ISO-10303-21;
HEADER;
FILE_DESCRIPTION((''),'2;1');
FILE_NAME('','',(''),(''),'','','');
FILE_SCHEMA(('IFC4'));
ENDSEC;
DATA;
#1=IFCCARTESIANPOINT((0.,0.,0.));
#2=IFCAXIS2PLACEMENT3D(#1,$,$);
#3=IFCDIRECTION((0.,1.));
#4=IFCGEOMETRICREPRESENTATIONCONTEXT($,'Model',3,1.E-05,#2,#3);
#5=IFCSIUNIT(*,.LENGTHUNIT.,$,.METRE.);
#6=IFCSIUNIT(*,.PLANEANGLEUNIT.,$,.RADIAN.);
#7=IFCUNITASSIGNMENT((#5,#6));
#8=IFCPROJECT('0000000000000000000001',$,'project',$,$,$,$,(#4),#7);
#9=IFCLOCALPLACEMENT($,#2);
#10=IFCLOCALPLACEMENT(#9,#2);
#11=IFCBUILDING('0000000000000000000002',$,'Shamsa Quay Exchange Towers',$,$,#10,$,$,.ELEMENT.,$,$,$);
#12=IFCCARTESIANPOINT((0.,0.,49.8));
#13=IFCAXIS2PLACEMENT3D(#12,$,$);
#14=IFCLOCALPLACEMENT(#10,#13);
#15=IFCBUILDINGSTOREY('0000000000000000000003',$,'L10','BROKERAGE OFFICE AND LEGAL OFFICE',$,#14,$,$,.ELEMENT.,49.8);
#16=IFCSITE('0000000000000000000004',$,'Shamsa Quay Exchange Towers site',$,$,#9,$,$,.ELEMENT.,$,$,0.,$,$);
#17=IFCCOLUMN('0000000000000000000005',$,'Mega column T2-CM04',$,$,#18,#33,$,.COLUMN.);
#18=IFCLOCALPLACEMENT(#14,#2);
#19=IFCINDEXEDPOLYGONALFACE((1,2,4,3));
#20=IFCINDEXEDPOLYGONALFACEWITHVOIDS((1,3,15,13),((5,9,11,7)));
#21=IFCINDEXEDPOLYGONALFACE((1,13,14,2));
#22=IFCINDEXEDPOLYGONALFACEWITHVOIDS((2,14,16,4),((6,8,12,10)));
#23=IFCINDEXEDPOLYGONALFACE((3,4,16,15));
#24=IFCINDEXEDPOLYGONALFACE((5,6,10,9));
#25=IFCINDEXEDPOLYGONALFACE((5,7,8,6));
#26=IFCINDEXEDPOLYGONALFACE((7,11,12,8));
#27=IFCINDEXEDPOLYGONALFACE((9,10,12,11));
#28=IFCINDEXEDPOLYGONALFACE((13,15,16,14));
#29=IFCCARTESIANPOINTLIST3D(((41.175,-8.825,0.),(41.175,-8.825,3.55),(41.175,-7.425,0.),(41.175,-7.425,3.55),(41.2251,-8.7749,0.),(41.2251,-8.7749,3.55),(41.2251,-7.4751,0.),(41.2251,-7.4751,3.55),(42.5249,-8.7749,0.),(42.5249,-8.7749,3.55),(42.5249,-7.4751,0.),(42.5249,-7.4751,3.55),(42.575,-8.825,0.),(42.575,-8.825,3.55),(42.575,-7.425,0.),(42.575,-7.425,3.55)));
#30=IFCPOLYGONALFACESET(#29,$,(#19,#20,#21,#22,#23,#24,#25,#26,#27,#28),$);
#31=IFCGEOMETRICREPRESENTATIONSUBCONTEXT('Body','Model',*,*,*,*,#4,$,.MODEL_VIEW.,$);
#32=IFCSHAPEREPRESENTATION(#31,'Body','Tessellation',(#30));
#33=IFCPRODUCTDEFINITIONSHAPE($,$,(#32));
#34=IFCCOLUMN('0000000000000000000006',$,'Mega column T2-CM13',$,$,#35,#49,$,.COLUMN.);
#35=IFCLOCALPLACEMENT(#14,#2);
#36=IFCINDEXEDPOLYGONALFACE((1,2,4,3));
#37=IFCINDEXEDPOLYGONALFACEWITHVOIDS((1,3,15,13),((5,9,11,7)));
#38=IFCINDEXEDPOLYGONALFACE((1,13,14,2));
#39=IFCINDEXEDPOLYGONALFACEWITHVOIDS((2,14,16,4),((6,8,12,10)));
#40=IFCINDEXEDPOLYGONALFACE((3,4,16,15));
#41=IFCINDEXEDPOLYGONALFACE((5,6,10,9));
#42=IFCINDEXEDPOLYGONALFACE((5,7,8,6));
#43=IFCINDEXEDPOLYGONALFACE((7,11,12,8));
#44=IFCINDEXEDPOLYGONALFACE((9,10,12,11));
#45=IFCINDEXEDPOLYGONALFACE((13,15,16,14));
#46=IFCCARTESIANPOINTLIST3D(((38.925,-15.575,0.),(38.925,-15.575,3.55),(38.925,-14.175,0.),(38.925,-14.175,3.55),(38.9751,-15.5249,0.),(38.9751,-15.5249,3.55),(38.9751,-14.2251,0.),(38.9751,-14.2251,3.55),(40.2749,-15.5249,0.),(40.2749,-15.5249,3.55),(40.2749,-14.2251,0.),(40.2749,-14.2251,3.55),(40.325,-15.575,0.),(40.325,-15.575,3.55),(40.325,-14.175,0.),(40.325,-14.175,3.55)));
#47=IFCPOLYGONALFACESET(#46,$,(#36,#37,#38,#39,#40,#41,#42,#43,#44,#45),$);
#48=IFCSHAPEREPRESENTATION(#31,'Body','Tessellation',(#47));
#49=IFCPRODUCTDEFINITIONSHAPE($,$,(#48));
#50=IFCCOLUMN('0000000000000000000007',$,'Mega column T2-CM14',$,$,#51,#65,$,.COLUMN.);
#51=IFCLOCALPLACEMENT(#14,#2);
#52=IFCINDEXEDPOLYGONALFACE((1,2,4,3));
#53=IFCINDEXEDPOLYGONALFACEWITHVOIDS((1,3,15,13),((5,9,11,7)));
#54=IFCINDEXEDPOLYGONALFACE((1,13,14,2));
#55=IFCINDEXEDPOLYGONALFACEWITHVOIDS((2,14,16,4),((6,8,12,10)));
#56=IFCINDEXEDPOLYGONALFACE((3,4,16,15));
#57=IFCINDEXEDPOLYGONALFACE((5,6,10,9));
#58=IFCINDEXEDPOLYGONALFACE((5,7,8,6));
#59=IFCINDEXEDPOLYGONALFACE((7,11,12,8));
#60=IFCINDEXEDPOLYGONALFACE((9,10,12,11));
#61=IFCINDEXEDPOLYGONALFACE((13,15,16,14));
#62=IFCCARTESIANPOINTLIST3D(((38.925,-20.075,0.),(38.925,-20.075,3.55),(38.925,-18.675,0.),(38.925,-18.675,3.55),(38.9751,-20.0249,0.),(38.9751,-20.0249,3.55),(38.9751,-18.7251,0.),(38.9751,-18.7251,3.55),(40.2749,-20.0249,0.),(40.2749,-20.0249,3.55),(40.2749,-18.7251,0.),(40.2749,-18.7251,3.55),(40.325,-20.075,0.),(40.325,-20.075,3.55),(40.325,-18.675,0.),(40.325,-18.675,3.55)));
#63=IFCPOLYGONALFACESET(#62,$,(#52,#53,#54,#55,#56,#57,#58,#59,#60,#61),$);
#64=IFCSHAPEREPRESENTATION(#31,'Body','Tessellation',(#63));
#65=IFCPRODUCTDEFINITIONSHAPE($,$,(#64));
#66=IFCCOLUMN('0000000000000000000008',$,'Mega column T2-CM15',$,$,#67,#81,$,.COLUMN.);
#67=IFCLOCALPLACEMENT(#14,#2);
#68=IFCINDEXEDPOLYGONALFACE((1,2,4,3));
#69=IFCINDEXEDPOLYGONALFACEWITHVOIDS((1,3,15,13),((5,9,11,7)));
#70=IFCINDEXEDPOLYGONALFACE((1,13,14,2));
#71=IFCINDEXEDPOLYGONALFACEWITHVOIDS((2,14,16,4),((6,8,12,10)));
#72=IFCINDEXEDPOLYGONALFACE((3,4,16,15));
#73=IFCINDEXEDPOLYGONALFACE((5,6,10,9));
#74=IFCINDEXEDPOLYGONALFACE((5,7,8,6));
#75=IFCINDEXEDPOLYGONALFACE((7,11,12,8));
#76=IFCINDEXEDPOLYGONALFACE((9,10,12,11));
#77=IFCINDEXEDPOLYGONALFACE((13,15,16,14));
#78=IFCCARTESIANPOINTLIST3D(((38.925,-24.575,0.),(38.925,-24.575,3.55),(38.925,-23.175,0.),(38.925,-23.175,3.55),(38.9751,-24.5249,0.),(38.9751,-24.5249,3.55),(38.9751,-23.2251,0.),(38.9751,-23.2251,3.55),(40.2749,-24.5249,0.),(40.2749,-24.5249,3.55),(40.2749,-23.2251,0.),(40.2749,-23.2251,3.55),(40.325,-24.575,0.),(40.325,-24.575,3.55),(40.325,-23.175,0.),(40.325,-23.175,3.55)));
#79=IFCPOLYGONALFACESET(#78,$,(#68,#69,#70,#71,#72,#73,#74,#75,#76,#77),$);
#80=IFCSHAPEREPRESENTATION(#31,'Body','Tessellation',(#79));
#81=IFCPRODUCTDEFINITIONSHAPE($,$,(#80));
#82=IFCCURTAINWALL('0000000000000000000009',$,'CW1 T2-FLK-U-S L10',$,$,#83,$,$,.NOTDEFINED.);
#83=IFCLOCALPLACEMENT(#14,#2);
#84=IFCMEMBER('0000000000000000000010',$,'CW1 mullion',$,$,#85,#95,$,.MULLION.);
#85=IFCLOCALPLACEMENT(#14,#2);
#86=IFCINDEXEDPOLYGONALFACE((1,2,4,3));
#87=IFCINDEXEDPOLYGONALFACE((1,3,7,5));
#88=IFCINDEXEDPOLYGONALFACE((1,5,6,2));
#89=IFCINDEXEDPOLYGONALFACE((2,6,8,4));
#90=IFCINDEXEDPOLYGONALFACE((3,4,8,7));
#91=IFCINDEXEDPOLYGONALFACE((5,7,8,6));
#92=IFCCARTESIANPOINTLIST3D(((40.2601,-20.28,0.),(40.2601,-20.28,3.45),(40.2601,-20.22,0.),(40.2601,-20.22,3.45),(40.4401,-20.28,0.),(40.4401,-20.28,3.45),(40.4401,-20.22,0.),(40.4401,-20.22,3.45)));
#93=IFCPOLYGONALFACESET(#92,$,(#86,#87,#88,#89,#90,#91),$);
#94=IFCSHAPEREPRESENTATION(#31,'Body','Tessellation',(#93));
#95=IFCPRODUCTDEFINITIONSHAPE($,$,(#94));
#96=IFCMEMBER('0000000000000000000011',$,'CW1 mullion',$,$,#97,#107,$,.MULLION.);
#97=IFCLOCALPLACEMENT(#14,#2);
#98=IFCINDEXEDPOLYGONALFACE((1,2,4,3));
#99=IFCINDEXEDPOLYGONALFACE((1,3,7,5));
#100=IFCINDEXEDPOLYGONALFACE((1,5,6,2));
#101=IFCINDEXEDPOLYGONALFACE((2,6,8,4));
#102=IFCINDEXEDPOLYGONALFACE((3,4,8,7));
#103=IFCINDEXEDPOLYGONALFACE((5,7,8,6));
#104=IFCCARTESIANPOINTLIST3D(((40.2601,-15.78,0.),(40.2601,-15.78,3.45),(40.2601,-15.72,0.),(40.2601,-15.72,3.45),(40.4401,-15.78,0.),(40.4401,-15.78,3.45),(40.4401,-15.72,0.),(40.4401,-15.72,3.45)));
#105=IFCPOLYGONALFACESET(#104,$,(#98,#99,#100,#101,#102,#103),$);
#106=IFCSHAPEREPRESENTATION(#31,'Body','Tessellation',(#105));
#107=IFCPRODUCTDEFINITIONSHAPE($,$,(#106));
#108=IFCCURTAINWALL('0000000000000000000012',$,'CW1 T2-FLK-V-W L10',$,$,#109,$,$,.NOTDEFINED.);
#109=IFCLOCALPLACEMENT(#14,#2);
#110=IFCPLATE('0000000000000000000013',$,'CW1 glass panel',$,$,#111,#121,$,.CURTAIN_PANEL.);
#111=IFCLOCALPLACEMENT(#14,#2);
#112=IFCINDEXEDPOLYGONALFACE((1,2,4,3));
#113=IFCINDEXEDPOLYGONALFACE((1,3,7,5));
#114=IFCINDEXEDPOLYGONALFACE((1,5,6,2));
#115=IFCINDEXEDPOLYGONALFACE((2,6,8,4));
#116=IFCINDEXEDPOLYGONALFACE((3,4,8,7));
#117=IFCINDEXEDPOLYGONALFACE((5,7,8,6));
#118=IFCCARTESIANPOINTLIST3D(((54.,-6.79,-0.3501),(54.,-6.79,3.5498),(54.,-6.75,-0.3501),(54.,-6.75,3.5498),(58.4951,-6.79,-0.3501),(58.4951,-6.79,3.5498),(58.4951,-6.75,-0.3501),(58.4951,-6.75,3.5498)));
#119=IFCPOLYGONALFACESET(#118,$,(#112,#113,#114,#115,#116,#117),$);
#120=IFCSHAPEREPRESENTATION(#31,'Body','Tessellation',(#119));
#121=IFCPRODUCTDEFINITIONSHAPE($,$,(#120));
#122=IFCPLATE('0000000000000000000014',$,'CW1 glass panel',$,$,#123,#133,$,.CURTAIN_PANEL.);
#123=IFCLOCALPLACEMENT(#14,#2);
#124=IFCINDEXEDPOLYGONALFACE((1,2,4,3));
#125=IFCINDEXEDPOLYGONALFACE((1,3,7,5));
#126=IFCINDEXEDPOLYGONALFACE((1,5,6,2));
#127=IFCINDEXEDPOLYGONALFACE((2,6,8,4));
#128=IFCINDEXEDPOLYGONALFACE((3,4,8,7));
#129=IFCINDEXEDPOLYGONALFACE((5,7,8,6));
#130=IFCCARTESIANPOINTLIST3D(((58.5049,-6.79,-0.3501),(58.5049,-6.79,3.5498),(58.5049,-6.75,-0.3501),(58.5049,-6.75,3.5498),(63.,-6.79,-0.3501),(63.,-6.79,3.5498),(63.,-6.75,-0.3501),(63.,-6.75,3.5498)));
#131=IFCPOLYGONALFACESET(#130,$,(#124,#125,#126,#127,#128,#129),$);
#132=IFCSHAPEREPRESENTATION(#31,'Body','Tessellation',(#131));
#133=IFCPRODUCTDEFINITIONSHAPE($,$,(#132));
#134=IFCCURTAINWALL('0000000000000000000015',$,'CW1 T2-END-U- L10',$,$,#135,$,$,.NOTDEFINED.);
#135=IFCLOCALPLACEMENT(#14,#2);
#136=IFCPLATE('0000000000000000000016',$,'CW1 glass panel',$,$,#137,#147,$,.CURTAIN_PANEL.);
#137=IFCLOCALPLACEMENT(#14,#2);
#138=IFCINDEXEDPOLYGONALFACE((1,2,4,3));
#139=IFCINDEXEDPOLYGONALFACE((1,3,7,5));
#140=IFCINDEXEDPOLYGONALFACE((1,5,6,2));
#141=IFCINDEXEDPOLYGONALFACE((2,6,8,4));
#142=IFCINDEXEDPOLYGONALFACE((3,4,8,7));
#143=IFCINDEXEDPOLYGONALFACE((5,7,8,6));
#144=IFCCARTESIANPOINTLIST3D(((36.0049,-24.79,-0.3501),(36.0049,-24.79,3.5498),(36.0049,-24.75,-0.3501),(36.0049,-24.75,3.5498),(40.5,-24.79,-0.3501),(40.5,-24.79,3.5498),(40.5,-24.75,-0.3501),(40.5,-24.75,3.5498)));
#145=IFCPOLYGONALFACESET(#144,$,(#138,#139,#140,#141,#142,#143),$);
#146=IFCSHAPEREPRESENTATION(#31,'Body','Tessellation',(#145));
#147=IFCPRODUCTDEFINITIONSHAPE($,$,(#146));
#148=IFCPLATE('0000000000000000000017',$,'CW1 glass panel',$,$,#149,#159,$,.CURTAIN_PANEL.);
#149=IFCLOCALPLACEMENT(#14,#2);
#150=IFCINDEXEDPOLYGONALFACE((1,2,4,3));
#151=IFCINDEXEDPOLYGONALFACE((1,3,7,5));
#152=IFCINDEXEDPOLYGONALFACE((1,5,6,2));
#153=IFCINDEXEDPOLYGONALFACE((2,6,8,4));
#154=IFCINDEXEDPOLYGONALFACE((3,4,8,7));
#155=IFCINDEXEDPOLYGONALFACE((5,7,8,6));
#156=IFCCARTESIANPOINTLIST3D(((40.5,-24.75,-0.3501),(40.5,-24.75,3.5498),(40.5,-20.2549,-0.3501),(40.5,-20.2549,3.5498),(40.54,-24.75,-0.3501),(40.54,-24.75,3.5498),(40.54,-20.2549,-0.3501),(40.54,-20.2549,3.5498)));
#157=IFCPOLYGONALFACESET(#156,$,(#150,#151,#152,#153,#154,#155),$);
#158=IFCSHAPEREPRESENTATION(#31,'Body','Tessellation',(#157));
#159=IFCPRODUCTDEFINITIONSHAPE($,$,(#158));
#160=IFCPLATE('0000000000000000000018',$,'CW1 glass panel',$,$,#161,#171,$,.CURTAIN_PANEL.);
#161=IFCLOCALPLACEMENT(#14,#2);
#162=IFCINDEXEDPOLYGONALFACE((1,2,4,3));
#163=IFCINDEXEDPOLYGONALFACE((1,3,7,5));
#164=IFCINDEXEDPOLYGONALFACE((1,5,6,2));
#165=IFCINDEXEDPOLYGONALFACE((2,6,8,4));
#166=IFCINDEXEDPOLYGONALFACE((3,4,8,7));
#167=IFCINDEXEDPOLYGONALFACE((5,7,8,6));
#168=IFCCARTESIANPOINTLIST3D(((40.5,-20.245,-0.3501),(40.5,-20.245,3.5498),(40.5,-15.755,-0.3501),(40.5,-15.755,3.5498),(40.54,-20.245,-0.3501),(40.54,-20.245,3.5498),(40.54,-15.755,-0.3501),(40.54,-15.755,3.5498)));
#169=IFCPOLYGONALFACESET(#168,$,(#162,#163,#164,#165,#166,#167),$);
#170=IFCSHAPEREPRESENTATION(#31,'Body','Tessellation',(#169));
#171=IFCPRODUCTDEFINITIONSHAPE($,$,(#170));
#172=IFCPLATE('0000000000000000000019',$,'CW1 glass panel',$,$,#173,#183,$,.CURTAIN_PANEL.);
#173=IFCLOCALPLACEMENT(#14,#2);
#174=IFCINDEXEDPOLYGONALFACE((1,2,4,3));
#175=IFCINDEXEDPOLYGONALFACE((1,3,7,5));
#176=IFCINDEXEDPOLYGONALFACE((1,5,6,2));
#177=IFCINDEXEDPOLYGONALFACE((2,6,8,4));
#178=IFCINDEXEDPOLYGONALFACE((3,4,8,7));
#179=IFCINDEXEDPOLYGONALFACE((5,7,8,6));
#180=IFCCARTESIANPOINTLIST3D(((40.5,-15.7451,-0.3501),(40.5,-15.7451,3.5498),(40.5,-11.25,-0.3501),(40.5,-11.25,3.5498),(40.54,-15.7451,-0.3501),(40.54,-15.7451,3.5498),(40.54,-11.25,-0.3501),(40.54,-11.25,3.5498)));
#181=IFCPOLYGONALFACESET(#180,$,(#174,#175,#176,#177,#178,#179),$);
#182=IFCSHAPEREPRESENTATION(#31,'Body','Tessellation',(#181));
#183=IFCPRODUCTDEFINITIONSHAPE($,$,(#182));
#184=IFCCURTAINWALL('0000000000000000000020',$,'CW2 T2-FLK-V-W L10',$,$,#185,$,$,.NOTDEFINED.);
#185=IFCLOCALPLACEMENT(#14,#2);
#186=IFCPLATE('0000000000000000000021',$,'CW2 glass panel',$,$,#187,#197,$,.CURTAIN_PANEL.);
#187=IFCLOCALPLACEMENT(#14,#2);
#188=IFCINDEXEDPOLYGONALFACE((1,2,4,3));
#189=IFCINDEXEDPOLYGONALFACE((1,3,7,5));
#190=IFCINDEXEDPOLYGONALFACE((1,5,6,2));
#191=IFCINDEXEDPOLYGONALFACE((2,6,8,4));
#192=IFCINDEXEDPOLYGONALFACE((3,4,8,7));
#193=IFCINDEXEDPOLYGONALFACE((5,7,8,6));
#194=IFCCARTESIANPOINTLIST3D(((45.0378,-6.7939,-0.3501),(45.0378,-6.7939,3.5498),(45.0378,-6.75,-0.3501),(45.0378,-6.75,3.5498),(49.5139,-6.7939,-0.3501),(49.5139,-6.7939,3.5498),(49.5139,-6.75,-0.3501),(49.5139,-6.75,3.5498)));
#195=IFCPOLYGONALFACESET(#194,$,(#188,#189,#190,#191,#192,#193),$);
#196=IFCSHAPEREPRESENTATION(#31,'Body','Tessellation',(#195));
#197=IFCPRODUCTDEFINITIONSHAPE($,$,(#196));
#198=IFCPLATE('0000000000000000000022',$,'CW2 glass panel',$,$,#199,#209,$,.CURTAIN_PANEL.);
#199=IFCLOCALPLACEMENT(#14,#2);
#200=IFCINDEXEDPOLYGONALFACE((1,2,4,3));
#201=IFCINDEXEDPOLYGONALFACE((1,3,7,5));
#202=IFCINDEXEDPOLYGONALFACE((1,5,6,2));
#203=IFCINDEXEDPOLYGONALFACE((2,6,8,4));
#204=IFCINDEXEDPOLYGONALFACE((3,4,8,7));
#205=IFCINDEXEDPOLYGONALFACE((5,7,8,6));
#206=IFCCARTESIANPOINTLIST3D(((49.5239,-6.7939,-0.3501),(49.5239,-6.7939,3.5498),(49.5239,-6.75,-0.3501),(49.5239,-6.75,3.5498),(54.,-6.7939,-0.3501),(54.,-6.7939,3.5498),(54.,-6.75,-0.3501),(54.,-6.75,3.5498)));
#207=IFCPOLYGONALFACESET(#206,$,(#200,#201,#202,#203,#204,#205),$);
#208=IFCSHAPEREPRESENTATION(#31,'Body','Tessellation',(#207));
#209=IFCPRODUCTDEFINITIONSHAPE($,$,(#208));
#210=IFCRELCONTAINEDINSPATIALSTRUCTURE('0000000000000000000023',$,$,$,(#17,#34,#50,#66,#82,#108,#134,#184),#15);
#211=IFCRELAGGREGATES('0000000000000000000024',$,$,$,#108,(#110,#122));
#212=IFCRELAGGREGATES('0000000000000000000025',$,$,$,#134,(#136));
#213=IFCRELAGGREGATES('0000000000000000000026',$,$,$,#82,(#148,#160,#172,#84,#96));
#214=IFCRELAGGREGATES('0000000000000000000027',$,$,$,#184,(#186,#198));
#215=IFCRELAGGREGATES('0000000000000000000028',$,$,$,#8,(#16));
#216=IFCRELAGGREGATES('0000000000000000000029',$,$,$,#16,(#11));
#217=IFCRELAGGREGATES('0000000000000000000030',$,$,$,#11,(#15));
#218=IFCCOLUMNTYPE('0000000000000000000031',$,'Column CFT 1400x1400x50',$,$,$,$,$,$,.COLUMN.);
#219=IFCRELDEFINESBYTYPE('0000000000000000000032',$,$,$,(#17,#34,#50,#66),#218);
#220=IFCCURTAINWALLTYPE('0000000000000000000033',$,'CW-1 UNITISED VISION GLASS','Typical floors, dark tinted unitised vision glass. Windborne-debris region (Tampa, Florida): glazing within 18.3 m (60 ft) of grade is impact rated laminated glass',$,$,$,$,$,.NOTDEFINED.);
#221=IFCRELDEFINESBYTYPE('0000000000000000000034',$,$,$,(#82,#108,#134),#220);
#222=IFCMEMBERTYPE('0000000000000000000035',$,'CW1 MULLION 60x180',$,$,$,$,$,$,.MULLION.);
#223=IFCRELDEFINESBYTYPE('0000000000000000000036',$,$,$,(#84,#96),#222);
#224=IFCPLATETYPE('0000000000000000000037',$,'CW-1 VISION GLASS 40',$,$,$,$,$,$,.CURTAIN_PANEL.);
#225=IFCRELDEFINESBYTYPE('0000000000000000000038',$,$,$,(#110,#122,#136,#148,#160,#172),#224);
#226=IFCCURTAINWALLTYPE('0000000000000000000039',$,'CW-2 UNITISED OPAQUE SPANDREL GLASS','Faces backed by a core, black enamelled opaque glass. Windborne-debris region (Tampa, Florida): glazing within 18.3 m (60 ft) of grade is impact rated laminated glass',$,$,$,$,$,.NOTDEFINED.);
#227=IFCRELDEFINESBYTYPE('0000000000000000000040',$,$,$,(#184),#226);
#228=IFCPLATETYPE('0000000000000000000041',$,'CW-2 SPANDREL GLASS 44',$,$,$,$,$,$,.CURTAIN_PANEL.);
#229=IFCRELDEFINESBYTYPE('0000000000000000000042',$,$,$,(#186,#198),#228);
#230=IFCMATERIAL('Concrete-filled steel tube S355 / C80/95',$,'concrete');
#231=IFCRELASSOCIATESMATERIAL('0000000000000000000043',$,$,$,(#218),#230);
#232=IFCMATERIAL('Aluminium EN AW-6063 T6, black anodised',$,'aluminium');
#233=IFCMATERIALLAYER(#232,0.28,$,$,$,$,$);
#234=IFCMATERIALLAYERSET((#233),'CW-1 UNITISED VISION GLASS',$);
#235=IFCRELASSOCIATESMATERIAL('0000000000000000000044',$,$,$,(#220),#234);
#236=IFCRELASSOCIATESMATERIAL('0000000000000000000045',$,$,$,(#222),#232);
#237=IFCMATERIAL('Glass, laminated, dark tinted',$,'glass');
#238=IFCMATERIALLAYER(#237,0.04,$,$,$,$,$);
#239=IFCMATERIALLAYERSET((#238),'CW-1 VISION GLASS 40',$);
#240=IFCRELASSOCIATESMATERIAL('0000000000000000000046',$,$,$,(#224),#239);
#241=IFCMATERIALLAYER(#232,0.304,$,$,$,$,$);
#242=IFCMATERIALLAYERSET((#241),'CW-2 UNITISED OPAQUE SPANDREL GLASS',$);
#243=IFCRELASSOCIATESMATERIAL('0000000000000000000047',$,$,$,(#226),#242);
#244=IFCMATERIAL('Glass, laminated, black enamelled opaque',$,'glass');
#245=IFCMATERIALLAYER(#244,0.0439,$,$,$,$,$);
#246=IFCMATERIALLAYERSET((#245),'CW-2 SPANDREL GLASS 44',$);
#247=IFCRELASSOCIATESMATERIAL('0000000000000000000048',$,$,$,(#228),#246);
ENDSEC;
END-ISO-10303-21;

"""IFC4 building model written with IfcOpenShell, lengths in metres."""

from ifc_helpers import new_model, si_unit, direction, frame, origin, origin_2d, place, context, subcontext, project, spatial, rectangle, hollow_rectangle, extrude, material, layer, layer_set, material_profile, profile_set, type_object, element, aggregate, save


model = new_model("IFC4")

# Units and contexts
model_context = context("Model", 3, precision=1e-05, world=origin(), true_north=direction((0.0, 1.0)))
body_context = subcontext(model_context, "Body", "Model", "MODEL_VIEW")
ifc_project = project(units=[si_unit("LENGTHUNIT", "METRE"), si_unit("PLANEANGLEUNIT", "RADIAN")], contexts=[model_context])

# Site, building, storey
site_placement = place(None, origin())
site = spatial("IfcSite", under=ifc_project, at=site_placement, Name="Shamsa Quay Exchange Towers site", CompositionType="ELEMENT", RefElevation=0.0)
building_placement = place(site_placement, origin())
building = spatial("IfcBuilding", under=site, at=building_placement, Name="Shamsa Quay Exchange Towers", CompositionType="ELEMENT")
storey_placement = place(building_placement, frame((0.0, 0.0, 49.8)))
storey = spatial("IfcBuildingStorey", under=building, at=storey_placement, Name="L10", Description="BROKERAGE OFFICE AND LEGAL OFFICE", CompositionType="ELEMENT", Elevation=49.8)

# Columns
ifc_material_1 = material(Name="Concrete-filled steel tube S355 / C80/95", Category="concrete")
ifc_material_profile_1 = material_profile(ifc_material_1, hollow_rectangle(XDim=1.3999, YDim=1.3999, WallThickness=0.05, at=origin_2d()), Name="CFT 1400x1400x50")
ifc_profile_set_1 = profile_set([ifc_material_profile_1], Name="Concrete-filled steel tube S355 / C80/95")
column_type = type_object("IfcColumnType", Name="Column CFT 1400x1400x50", PredefinedType="COLUMN", material=ifc_profile_set_1)
for number, where, name in (
    (1, (41.875, -8.125, 0.0), "Mega column T2-CM04"),
    (2, (39.625, -14.875, 0.0), "Mega column T2-CM13"),
    (3, (39.625, -19.375, 0.0), "Mega column T2-CM14"),
    (4, (39.625, -23.875, 0.0), "Mega column T2-CM15"),
):
    element("IfcColumn", number, at=place(storey_placement, frame(where)), inside=storey, type_object=column_type, Name=name, PredefinedType="COLUMN", context=body_context, shape_type="SweptSolid", body=[
        extrude(hollow_rectangle(XDim=1.3999, YDim=1.3999, WallThickness=0.05, at=origin_2d()), origin(), (0.0, 0.0, 1.0), 3.55),
    ])

# Curtain wall, members
ifc_material_2 = material(Name="Aluminium EN AW-6063 T6, black anodised", Category="aluminium")
ifc_layer_1 = layer(ifc_material_2, 0.28)
ifc_layer_set_1 = layer_set([ifc_layer_1], Name="CW-1 UNITISED VISION GLASS")
curtain_wall_type_1 = type_object("IfcCurtainWallType", Name="CW-1 UNITISED VISION GLASS", Description="Typical floors, dark tinted unitised vision glass. Windborne-debris region (Tampa, Florida): glazing within 18.3 m (60 ft) of grade is impact rated laminated glass", PredefinedType="NOTDEFINED", material=ifc_layer_set_1)
curtain_wall_1_placement = place(storey_placement, origin())
curtain_wall_1 = element("IfcCurtainWall", 5, at=curtain_wall_1_placement, inside=storey, type_object=curtain_wall_type_1, Name="CW1 T2-FLK-U-S L10", PredefinedType="NOTDEFINED")
ifc_material_profile_2 = material_profile(ifc_material_2, rectangle(XDim=0.1799, YDim=0.0601, at=origin_2d()), Name="MU60x180")
ifc_profile_set_2 = profile_set([ifc_material_profile_2], Name="Aluminium EN AW-6063 T6, black anodised")
member_type = type_object("IfcMemberType", Name="CW1 MULLION 60x180", PredefinedType="MULLION", material=ifc_profile_set_2)
member_1_placement = place(storey_placement, frame((40.3501, -20.25, 0.0), z_axis=(0.0, 0.0, 1.0), x_axis=(-1.0, 0.0, 0.0)))
member_1 = element("IfcMember", 6, at=member_1_placement, type_object=member_type, Name="CW1 mullion", PredefinedType="MULLION", context=body_context, shape_type="SweptSolid", body=[
    extrude(rectangle(XDim=0.1799, YDim=0.0601, at=origin_2d()), origin(), (0.0, 0.0, 1.0), 3.45),
])
member_2_placement = place(storey_placement, frame((40.3501, -15.75, 0.0), z_axis=(0.0, 0.0, 1.0), x_axis=(-1.0, 0.0, 0.0)))
member_2 = element("IfcMember", 7, at=member_2_placement, type_object=member_type, Name="CW1 mullion", PredefinedType="MULLION", context=body_context, shape_type="SweptSolid", body=[
    extrude(rectangle(XDim=0.1799, YDim=0.0601, at=origin_2d()), origin(), (0.0, 0.0, 1.0), 3.45),
])

# Curtain wall, plates
curtain_wall_2_placement = place(storey_placement, origin())
curtain_wall_2 = element("IfcCurtainWall", 8, at=curtain_wall_2_placement, inside=storey, type_object=curtain_wall_type_1, Name="CW1 T2-FLK-V-W L10", PredefinedType="NOTDEFINED")
ifc_material_3 = material(Name="Glass, laminated, dark tinted", Category="glass")
ifc_layer_2 = layer(ifc_material_3, 0.04)
ifc_layer_set_2 = layer_set([ifc_layer_2], Name="CW-1 VISION GLASS 40")
plate_type_1 = type_object("IfcPlateType", Name="CW-1 VISION GLASS 40", PredefinedType="CURTAIN_PANEL", material=ifc_layer_set_2)
plate_1_placement = place(storey_placement, frame((56.2476, -6.77, -0.3501)))
plate_1 = element("IfcPlate", 9, at=plate_1_placement, type_object=plate_type_1, Name="CW1 glass panel", PredefinedType="CURTAIN_PANEL", context=body_context, shape_type="SweptSolid", body=[
    extrude(rectangle(XDim=4.4951, YDim=0.04, at=origin_2d()), origin(), (0.0, 0.0, 1.0), 3.8999),
])
plate_2_placement = place(storey_placement, frame((60.7524, -6.77, -0.3501)))
plate_2 = element("IfcPlate", 10, at=plate_2_placement, type_object=plate_type_1, Name="CW1 glass panel", PredefinedType="CURTAIN_PANEL", context=body_context, shape_type="SweptSolid", body=[
    extrude(rectangle(XDim=4.4951, YDim=0.04, at=origin_2d()), origin(), (0.0, 0.0, 1.0), 3.8999),
])
aggregate(curtain_wall_2, [plate_1, plate_2])

# Curtain wall, plate
curtain_wall_3_placement = place(storey_placement, origin())
curtain_wall_3 = element("IfcCurtainWall", 11, at=curtain_wall_3_placement, inside=storey, type_object=curtain_wall_type_1, Name="CW1 T2-END-U- L10", PredefinedType="NOTDEFINED")
plate_3_placement = place(storey_placement, frame((38.2524, -24.77, -0.3501)))
plate_3 = element("IfcPlate", 12, at=plate_3_placement, type_object=plate_type_1, Name="CW1 glass panel", PredefinedType="CURTAIN_PANEL", context=body_context, shape_type="SweptSolid", body=[
    extrude(rectangle(XDim=4.4951, YDim=0.04, at=origin_2d()), origin(), (0.0, 0.0, 1.0), 3.8999),
])
aggregate(curtain_wall_3, [plate_3])

# Plates
plate_4_placement = place(storey_placement, frame((40.52, -22.5024, -0.3501), z_axis=(0.0, 0.0, 1.0), x_axis=(0.0, 1.0, 0.0)))
plate_4 = element("IfcPlate", 13, at=plate_4_placement, type_object=plate_type_1, Name="CW1 glass panel", PredefinedType="CURTAIN_PANEL", context=body_context, shape_type="SweptSolid", body=[
    extrude(rectangle(XDim=4.4951, YDim=0.04, at=origin_2d()), origin(), (0.0, 0.0, 1.0), 3.8999),
])
plate_5_placement = place(storey_placement, frame((40.52, -18.0, -0.3501), z_axis=(0.0, 0.0, 1.0), x_axis=(0.0, 1.0, 0.0)))
plate_5 = element("IfcPlate", 14, at=plate_5_placement, type_object=plate_type_1, Name="CW1 glass panel", PredefinedType="CURTAIN_PANEL", context=body_context, shape_type="SweptSolid", body=[
    extrude(rectangle(XDim=4.49, YDim=0.04, at=origin_2d()), origin(), (0.0, 0.0, 1.0), 3.8999),
])
plate_6_placement = place(storey_placement, frame((40.52, -13.4976, -0.3501), z_axis=(0.0, 0.0, 1.0), x_axis=(0.0, 1.0, 0.0)))
plate_6 = element("IfcPlate", 15, at=plate_6_placement, type_object=plate_type_1, Name="CW1 glass panel", PredefinedType="CURTAIN_PANEL", context=body_context, shape_type="SweptSolid", body=[
    extrude(rectangle(XDim=4.4951, YDim=0.04, at=origin_2d()), origin(), (0.0, 0.0, 1.0), 3.8999),
])
aggregate(curtain_wall_1, [plate_4, plate_5, plate_6, member_1, member_2])

# Curtain wall, plates
ifc_layer_3 = layer(ifc_material_2, 0.304)
ifc_layer_set_3 = layer_set([ifc_layer_3], Name="CW-2 UNITISED OPAQUE SPANDREL GLASS")
curtain_wall_type_2 = type_object("IfcCurtainWallType", Name="CW-2 UNITISED OPAQUE SPANDREL GLASS", Description="Faces backed by a core, black enamelled opaque glass. Windborne-debris region (Tampa, Florida): glazing within 18.3 m (60 ft) of grade is impact rated laminated glass", PredefinedType="NOTDEFINED", material=ifc_layer_set_3)
curtain_wall_4_placement = place(storey_placement, origin())
curtain_wall_4 = element("IfcCurtainWall", 16, at=curtain_wall_4_placement, inside=storey, type_object=curtain_wall_type_2, Name="CW2 T2-FLK-V-W L10", PredefinedType="NOTDEFINED")
ifc_material_4 = material(Name="Glass, laminated, black enamelled opaque", Category="glass")
ifc_layer_4 = layer(ifc_material_4, 0.0439)
ifc_layer_set_4 = layer_set([ifc_layer_4], Name="CW-2 SPANDREL GLASS 44")
plate_type_2 = type_object("IfcPlateType", Name="CW-2 SPANDREL GLASS 44", PredefinedType="CURTAIN_PANEL", material=ifc_layer_set_4)
plate_7_placement = place(storey_placement, frame((47.2759, -6.772, -0.3501)))
plate_7 = element("IfcPlate", 17, at=plate_7_placement, type_object=plate_type_2, Name="CW2 glass panel", PredefinedType="CURTAIN_PANEL", context=body_context, shape_type="SweptSolid", body=[
    extrude(rectangle(XDim=4.4761, YDim=0.0439, at=origin_2d()), origin(), (0.0, 0.0, 1.0), 3.8999),
])
plate_8_placement = place(storey_placement, frame((51.762, -6.772, -0.3501)))
plate_8 = element("IfcPlate", 18, at=plate_8_placement, type_object=plate_type_2, Name="CW2 glass panel", PredefinedType="CURTAIN_PANEL", context=body_context, shape_type="SweptSolid", body=[
    extrude(rectangle(XDim=4.4761, YDim=0.0439, at=origin_2d()), origin(), (0.0, 0.0, 1.0), 3.8999),
])
aggregate(curtain_wall_4, [plate_7, plate_8])

save(model, "model.ifc")
